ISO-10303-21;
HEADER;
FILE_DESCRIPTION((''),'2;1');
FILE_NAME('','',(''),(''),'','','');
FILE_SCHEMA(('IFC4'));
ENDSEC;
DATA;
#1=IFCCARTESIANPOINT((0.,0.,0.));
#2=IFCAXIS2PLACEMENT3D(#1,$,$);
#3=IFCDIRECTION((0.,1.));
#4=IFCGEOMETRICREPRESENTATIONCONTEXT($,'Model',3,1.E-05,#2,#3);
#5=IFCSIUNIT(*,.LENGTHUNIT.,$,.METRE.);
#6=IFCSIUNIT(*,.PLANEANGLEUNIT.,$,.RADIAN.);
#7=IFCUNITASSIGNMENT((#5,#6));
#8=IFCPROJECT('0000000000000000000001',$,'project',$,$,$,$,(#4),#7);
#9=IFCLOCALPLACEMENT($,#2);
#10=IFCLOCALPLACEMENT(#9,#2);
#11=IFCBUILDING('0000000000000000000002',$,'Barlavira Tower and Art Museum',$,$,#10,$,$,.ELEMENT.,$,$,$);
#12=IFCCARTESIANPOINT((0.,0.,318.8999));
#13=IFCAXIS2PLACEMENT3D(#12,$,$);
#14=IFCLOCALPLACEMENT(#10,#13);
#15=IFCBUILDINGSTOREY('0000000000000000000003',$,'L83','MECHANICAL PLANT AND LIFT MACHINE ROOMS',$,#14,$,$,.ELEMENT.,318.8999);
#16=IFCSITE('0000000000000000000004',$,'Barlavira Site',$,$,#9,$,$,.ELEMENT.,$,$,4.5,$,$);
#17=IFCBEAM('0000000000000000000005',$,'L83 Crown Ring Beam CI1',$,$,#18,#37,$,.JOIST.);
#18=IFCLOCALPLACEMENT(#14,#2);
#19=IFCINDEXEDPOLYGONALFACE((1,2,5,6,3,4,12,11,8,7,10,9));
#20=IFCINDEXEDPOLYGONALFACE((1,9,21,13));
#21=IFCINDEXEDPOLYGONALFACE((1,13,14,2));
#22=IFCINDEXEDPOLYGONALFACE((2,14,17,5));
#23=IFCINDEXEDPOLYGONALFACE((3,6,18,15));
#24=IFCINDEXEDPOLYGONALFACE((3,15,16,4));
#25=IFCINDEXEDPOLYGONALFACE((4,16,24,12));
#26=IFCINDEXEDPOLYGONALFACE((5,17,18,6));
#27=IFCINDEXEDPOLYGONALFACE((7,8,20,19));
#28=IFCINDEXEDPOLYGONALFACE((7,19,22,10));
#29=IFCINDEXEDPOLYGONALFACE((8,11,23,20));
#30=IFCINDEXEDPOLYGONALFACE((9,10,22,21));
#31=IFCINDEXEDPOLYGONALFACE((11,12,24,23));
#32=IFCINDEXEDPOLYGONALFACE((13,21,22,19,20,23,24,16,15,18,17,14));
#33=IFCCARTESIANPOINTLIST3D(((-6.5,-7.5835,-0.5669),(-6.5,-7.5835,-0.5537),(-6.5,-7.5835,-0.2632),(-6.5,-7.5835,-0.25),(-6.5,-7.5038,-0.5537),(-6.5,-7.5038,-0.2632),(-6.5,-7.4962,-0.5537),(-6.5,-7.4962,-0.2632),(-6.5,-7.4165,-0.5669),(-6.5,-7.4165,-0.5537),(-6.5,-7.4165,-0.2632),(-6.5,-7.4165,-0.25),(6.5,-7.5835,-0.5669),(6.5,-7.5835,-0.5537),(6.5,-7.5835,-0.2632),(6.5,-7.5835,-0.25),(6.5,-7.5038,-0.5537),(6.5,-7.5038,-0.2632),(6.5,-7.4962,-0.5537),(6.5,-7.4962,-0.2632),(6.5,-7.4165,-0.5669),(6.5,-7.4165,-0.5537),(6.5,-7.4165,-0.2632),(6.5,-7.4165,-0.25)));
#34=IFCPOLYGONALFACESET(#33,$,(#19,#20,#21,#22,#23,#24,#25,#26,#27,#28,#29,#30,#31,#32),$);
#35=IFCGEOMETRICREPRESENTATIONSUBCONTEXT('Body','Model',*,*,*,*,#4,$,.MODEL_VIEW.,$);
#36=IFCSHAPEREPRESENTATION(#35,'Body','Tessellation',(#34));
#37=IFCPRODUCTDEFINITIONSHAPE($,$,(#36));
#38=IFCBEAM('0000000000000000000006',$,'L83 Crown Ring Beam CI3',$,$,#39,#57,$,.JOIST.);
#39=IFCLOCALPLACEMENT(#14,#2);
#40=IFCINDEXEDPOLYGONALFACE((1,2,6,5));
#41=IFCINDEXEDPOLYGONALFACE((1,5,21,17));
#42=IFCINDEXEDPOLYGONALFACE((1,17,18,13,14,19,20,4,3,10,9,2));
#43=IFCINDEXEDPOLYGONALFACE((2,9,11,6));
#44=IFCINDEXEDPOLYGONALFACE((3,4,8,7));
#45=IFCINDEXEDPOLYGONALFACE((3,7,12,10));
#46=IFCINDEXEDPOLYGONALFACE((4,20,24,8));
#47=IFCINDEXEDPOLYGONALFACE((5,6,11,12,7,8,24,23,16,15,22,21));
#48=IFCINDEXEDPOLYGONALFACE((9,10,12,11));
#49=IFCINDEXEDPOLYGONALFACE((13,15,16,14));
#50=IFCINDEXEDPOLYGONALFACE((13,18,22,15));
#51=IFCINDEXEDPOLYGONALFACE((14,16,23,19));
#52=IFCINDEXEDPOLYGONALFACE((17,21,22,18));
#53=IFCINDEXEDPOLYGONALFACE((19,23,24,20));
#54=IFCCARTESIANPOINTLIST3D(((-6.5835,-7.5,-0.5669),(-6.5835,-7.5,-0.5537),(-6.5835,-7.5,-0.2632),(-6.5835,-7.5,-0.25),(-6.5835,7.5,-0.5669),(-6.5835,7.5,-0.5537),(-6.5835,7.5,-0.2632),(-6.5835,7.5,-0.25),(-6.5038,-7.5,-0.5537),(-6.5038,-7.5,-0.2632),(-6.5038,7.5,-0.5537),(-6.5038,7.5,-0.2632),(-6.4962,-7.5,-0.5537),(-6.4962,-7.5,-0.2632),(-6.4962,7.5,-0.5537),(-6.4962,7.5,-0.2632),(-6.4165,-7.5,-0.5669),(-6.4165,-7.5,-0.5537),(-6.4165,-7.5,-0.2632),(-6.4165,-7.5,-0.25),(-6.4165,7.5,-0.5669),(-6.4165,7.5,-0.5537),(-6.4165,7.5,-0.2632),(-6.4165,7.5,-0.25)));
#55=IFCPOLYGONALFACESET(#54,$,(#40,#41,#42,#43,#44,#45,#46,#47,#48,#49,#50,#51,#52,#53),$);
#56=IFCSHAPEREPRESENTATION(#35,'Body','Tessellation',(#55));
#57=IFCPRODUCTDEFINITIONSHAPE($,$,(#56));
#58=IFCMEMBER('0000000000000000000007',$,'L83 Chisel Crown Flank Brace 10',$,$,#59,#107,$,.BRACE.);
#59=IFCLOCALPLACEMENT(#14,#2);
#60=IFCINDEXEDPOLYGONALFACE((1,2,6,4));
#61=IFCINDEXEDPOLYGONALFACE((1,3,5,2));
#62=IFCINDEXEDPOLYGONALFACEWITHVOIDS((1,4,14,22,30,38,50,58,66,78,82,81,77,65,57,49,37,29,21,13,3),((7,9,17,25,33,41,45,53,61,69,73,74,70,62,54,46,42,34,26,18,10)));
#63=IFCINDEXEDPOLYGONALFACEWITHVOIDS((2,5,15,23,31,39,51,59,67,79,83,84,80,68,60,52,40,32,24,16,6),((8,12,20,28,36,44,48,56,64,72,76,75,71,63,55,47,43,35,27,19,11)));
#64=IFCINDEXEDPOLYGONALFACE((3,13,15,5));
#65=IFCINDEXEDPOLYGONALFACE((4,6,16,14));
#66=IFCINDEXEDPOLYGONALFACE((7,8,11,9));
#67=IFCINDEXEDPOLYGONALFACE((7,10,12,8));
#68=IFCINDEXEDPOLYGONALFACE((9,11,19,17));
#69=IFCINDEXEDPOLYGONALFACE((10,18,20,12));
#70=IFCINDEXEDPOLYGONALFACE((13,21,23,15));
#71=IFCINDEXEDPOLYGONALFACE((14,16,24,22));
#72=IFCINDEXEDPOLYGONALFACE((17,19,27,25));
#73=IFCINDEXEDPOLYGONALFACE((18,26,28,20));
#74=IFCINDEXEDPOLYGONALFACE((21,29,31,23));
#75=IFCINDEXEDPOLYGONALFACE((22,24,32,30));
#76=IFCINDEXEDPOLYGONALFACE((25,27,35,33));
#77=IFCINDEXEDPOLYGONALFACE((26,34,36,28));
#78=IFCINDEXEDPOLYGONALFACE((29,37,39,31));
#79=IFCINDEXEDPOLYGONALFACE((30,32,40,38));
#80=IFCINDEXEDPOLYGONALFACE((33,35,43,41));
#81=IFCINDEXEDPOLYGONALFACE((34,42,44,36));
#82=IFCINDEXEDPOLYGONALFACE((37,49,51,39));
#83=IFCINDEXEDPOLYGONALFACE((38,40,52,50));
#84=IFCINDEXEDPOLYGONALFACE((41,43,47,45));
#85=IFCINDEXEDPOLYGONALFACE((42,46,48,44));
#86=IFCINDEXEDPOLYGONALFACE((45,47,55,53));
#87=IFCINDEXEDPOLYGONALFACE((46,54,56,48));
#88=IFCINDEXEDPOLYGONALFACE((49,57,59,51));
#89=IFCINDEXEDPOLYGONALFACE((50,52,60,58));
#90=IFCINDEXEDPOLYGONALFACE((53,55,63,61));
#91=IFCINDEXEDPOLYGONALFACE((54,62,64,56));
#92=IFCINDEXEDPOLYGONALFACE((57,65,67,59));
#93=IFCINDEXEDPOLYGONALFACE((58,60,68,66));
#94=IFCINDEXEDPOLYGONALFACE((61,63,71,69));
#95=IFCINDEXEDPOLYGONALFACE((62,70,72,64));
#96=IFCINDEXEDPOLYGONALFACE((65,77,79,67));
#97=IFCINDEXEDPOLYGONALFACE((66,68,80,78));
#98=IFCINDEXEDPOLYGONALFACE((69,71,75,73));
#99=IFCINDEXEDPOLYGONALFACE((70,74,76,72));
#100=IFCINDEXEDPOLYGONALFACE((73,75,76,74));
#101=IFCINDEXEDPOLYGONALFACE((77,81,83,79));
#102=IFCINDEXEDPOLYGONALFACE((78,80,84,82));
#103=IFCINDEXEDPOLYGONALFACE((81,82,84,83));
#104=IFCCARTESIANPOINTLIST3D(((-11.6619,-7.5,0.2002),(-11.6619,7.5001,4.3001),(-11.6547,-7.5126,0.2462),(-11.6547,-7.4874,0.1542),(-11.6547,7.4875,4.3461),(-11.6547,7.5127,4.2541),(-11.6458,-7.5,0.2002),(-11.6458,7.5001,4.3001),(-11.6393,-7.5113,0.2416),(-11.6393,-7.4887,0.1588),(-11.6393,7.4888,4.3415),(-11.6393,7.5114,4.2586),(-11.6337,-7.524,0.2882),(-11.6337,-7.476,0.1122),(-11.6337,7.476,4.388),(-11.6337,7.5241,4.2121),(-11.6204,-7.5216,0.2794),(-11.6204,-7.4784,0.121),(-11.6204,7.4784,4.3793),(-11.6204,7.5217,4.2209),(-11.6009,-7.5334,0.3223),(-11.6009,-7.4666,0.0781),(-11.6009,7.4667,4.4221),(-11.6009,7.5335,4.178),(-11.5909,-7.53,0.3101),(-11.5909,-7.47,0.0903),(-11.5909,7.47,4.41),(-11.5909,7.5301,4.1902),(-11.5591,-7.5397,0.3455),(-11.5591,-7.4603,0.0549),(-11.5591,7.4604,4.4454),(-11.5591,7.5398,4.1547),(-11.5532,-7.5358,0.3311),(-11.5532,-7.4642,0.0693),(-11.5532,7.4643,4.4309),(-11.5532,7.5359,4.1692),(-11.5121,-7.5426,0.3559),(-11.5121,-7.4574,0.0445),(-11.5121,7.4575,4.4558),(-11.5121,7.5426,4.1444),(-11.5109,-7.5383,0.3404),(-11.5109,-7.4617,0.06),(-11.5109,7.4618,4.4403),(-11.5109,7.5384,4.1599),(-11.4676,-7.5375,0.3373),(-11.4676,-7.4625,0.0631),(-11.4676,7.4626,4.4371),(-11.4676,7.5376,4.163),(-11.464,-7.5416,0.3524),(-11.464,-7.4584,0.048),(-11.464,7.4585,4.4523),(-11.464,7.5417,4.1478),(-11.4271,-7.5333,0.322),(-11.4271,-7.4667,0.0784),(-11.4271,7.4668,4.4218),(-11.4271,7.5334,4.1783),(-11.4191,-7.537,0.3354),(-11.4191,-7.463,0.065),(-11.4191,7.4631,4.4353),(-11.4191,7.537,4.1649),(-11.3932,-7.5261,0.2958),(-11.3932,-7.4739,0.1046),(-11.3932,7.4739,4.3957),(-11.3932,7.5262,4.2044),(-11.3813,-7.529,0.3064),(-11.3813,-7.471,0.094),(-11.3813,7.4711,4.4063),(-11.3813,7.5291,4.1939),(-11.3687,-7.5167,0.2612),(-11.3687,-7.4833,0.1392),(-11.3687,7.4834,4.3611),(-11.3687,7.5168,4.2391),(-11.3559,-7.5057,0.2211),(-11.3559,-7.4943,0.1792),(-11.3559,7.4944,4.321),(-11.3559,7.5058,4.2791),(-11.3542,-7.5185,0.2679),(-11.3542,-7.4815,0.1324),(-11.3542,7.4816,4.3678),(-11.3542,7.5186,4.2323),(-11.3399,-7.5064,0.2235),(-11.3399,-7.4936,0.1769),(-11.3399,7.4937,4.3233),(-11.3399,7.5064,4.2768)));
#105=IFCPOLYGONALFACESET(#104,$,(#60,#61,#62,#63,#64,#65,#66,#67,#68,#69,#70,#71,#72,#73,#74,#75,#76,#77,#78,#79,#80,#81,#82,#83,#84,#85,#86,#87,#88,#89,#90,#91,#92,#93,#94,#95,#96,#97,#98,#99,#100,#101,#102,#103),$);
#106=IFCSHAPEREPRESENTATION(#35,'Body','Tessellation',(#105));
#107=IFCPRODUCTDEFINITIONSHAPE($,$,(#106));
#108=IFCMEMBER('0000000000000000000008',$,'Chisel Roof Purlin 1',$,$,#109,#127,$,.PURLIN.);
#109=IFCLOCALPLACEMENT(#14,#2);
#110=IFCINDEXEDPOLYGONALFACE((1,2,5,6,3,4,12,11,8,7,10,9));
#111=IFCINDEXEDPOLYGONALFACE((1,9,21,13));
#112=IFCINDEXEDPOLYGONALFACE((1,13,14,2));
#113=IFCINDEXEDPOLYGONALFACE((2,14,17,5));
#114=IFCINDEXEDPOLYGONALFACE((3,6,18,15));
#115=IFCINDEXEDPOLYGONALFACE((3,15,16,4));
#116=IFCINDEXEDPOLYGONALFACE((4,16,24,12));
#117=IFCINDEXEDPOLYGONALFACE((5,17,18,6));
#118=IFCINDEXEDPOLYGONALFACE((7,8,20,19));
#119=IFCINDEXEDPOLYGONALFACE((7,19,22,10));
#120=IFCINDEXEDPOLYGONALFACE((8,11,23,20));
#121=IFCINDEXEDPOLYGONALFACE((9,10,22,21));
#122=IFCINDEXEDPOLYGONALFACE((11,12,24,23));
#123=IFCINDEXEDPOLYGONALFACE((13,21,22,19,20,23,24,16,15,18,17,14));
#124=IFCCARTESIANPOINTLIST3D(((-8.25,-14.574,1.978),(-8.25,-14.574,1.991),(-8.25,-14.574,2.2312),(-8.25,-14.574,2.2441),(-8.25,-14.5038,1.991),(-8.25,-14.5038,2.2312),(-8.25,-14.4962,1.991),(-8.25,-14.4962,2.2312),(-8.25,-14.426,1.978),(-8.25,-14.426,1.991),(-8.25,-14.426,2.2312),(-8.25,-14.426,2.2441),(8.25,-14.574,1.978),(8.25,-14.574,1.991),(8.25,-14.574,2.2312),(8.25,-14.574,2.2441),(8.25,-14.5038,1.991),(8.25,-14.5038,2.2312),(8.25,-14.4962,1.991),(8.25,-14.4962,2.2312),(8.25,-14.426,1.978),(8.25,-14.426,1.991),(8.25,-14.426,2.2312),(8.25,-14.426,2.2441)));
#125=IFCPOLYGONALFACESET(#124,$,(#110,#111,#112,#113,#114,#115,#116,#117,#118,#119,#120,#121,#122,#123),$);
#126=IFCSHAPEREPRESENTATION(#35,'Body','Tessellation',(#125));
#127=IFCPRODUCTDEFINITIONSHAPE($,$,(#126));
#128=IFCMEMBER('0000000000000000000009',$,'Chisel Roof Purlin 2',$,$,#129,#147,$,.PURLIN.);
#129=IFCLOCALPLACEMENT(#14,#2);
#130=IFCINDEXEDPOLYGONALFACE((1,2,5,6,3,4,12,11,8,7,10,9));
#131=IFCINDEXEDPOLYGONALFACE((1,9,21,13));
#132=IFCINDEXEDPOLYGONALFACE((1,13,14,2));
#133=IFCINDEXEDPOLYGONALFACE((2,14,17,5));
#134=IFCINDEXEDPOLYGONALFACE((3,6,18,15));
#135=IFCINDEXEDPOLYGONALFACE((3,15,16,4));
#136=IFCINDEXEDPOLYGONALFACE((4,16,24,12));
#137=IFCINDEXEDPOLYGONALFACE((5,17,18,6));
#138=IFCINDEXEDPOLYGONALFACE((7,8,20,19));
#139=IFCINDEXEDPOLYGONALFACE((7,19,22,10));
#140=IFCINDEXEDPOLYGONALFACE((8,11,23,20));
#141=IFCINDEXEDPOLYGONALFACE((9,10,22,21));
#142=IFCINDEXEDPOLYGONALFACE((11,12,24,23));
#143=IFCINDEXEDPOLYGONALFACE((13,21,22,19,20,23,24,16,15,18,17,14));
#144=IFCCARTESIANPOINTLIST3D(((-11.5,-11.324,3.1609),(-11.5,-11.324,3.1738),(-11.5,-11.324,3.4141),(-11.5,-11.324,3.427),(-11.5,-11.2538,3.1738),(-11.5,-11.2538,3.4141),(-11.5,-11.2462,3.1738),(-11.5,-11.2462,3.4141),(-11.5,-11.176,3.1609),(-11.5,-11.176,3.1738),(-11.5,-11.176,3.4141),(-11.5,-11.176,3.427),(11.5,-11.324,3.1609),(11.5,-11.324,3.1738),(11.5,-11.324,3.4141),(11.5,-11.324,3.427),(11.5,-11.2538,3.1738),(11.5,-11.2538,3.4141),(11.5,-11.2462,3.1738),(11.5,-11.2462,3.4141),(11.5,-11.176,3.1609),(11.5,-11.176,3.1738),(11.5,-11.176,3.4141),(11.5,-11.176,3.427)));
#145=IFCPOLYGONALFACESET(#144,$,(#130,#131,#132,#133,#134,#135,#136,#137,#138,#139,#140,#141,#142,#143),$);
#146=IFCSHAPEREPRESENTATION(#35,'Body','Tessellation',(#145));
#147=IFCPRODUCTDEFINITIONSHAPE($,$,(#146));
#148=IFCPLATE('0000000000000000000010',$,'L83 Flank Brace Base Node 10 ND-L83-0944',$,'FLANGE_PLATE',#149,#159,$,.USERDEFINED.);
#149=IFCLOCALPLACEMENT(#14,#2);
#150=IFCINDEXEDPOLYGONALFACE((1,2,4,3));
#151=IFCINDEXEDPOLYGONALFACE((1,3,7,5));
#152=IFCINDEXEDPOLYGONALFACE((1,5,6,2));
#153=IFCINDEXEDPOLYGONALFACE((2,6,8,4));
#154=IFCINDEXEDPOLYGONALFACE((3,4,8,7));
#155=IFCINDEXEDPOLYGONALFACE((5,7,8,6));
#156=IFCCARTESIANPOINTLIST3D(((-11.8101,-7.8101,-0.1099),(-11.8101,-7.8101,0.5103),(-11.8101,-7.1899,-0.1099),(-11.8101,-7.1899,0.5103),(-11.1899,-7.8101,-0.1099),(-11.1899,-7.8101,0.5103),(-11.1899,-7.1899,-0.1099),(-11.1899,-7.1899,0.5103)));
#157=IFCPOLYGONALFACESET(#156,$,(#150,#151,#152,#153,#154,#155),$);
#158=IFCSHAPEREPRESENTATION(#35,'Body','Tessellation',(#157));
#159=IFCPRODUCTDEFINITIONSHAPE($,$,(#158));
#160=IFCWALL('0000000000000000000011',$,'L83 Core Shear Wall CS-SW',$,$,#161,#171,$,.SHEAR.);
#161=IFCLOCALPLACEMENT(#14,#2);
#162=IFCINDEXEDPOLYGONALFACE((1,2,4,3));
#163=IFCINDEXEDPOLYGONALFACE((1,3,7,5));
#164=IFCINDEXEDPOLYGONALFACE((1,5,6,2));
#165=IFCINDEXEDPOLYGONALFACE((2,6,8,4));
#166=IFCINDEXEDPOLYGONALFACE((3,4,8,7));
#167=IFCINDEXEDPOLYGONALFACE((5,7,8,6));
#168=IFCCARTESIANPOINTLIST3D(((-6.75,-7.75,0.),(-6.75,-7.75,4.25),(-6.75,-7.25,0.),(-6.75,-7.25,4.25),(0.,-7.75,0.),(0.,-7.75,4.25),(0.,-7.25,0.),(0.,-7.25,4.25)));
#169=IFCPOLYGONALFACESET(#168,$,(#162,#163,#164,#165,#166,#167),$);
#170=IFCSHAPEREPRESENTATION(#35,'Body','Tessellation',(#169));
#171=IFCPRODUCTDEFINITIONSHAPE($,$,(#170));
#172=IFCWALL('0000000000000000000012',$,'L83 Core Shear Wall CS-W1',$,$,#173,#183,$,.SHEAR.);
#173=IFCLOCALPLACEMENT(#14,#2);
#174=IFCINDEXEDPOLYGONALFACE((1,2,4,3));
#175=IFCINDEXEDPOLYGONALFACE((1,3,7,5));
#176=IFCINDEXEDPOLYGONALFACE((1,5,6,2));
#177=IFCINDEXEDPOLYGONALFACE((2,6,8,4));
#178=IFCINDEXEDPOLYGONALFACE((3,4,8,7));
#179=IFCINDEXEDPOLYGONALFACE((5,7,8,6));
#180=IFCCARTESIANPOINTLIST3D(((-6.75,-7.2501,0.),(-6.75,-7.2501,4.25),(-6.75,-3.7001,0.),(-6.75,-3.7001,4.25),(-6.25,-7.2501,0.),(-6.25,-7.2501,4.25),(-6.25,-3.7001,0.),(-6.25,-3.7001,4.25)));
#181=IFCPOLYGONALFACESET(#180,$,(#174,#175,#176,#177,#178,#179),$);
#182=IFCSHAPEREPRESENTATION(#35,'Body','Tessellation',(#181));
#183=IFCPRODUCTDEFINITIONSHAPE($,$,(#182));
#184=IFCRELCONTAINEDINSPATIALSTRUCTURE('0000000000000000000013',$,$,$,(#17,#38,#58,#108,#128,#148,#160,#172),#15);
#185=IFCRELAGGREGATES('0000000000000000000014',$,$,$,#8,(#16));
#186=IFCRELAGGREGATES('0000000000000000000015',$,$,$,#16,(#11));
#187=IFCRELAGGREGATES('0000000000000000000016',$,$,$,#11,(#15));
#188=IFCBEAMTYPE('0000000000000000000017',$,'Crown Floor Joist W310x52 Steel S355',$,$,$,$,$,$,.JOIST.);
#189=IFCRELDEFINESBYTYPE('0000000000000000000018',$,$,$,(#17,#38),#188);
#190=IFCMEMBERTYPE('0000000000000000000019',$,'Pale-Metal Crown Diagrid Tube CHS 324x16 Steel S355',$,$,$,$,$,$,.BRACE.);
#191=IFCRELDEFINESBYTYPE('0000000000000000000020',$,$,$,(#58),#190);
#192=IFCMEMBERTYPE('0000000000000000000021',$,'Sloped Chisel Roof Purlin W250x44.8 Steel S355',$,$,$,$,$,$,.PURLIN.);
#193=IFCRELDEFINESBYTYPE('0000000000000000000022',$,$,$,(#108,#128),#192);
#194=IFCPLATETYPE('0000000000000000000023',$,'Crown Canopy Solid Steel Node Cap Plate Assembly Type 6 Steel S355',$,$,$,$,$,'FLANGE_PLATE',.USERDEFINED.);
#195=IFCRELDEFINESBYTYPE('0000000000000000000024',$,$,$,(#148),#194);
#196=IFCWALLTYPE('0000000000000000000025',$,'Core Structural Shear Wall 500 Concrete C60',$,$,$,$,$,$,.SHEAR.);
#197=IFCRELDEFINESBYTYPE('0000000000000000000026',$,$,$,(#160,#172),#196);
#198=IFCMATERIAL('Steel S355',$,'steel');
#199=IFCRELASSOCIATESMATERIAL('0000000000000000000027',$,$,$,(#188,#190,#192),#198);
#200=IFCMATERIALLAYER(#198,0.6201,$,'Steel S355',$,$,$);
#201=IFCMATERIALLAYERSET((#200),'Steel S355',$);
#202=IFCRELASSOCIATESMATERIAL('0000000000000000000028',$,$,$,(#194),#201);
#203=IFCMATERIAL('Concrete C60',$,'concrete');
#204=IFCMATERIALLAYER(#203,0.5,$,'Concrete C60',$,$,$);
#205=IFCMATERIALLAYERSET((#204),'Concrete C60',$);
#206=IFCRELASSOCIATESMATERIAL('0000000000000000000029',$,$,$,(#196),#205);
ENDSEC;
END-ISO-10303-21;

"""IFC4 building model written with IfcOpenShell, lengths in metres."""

from ifc_helpers import new_model, si_unit, direction, frame, frame_2d, origin, origin_2d, place, context, subcontext, project, spatial, rectangle, hollow_circle, i_section, extrude, material, layer, layer_set, material_profile, profile_set, type_object, element, save


model = new_model("IFC4")

# Units and contexts
model_context = context("Model", 3, precision=1e-05, world=origin(), true_north=direction((0.0, 1.0)))
body_context = subcontext(model_context, "Body", "Model", "MODEL_VIEW")
ifc_project = project(units=[si_unit("LENGTHUNIT", "METRE"), si_unit("PLANEANGLEUNIT", "RADIAN")], contexts=[model_context])

# Site, building, storey
site_placement = place(None, origin())
site = spatial("IfcSite", under=ifc_project, at=site_placement, Name="Barlavira Site", CompositionType="ELEMENT", RefElevation=4.5)
building_placement = place(site_placement, origin())
building = spatial("IfcBuilding", under=site, at=building_placement, Name="Barlavira Tower and Art Museum", CompositionType="ELEMENT")
storey_placement = place(building_placement, frame((0.0, 0.0, 318.8999)))
storey = spatial("IfcBuildingStorey", under=building, at=storey_placement, Name="L83", Description="MECHANICAL PLANT AND LIFT MACHINE ROOMS", CompositionType="ELEMENT", Elevation=318.8999)

# Shared definitions
ifc_material_1 = material(Name="Steel S355", Category="steel")

# Beams
ifc_material_profile_1 = material_profile(ifc_material_1, i_section(OverallWidth=0.167, OverallDepth=0.3169, WebThickness=0.0076, FlangeThickness=0.0132, at=origin_2d()), Name="W310x52.0")
ifc_profile_set_1 = profile_set([ifc_material_profile_1], Name="Steel S355")
beam_type = type_object("IfcBeamType", Name="Crown Floor Joist W310x52 Steel S355", PredefinedType="JOIST", material=ifc_profile_set_1)
beam_1_placement = place(storey_placement, frame((-6.5, -7.5, -0.4084), z_axis=(1.0, 0.0, 0.0), x_axis=(0.0, 1.0, 0.0)))
element("IfcBeam", 1, at=beam_1_placement, inside=storey, type_object=beam_type, Name="L83 Crown Ring Beam CI1", PredefinedType="JOIST", context=body_context, shape_type="SweptSolid", body=[
    extrude(i_section(OverallWidth=0.167, OverallDepth=0.3169, WebThickness=0.0076, FlangeThickness=0.0132, at=origin_2d()), origin(), (0.0, 0.0, 1.0), 13.0),
])
beam_2_placement = place(storey_placement, frame((-6.5, -7.5, -0.4084), z_axis=(0.0, 1.0, 0.0), x_axis=(-1.0, 0.0, 0.0)))
element("IfcBeam", 2, at=beam_2_placement, inside=storey, type_object=beam_type, Name="L83 Crown Ring Beam CI3", PredefinedType="JOIST", context=body_context, shape_type="SweptSolid", body=[
    extrude(i_section(OverallWidth=0.167, OverallDepth=0.3169, WebThickness=0.0076, FlangeThickness=0.0132, at=origin_2d()), origin(), (0.0, 0.0, 1.0), 15.0),
])

# Members
ifc_material_profile_2 = material_profile(ifc_material_1, hollow_circle(Radius=0.1619, WallThickness=0.0161, at=origin_2d()), Name="CHS 323.9x16.0")
ifc_profile_set_2 = profile_set([ifc_material_profile_2], Name="Steel S355")
member_type_1 = type_object("IfcMemberType", Name="Pale-Metal Crown Diagrid Tube CHS 324x16 Steel S355", PredefinedType="BRACE", material=ifc_profile_set_2)
member_1_placement = place(storey_placement, frame((-11.5, -7.5, 0.2002), z_axis=(0.0, 0.964618, 0.263653), x_axis=(-1.0, 0.0, 0.0)))
element("IfcMember", 3, at=member_1_placement, inside=storey, type_object=member_type_1, Name="L83 Chisel Crown Flank Brace 10", PredefinedType="BRACE", context=body_context, shape_type="SweptSolid", body=[
    extrude(hollow_circle(Radius=0.1619, WallThickness=0.0161, at=origin_2d()), origin(), (0.0, 0.0, 1.0), 15.5503),
])
ifc_material_profile_3 = material_profile(ifc_material_1, i_section(OverallWidth=0.1479, OverallDepth=0.2661, WebThickness=0.0076, FlangeThickness=0.0129, at=origin_2d()), Name="W250x44.8")
ifc_profile_set_3 = profile_set([ifc_material_profile_3], Name="Steel S355")
member_type_2 = type_object("IfcMemberType", Name="Sloped Chisel Roof Purlin W250x44.8 Steel S355", PredefinedType="PURLIN", material=ifc_profile_set_3)
member_2_placement = place(storey_placement, frame((-8.25, -14.5, 2.1111), z_axis=(1.0, 0.0, 0.0), x_axis=(0.0, 1.0, 0.0)))
element("IfcMember", 4, at=member_2_placement, inside=storey, type_object=member_type_2, Name="Chisel Roof Purlin 1", PredefinedType="PURLIN", context=body_context, shape_type="SweptSolid", body=[
    extrude(i_section(OverallWidth=0.1479, OverallDepth=0.2661, WebThickness=0.0076, FlangeThickness=0.0129, at=origin_2d()), origin(), (0.0, 0.0, 1.0), 16.5),
])
member_3_placement = place(storey_placement, frame((-11.5, -11.25, 3.2939), z_axis=(1.0, 0.0, 0.0), x_axis=(0.0, 1.0, 0.0)))
element("IfcMember", 5, at=member_3_placement, inside=storey, type_object=member_type_2, Name="Chisel Roof Purlin 2", PredefinedType="PURLIN", context=body_context, shape_type="SweptSolid", body=[
    extrude(i_section(OverallWidth=0.1479, OverallDepth=0.2661, WebThickness=0.0076, FlangeThickness=0.0129, at=origin_2d()), origin(), (0.0, 0.0, 1.0), 23.0),
])

# Plate
ifc_layer_1 = layer(ifc_material_1, 0.6201, Name="Steel S355")
ifc_layer_set_1 = layer_set([ifc_layer_1], Name="Steel S355")
plate_type = type_object("IfcPlateType", Name="Crown Canopy Solid Steel Node Cap Plate Assembly Type 6 Steel S355", ElementType="FLANGE_PLATE", PredefinedType="USERDEFINED", material=ifc_layer_set_1)
plate_placement = place(storey_placement, frame((-11.5, -7.5, -0.1099), z_axis=(0.0, 0.0, 1.0), x_axis=(1.0, 0.0, 0.0)))
element("IfcPlate", 6, at=plate_placement, inside=storey, type_object=plate_type, Name="L83 Flank Brace Base Node 10 ND-L83-0944", ObjectType="FLANGE_PLATE", PredefinedType="USERDEFINED", context=body_context, shape_type="SweptSolid", body=[
    extrude(rectangle(XDim=0.6201, YDim=0.6201, at=origin_2d()), origin(), (0.0, 0.0, 1.0), 0.6201),
])

# Walls
ifc_material_2 = material(Name="Concrete C60", Category="concrete")
ifc_layer_2 = layer(ifc_material_2, 0.5, Name="Concrete C60")
ifc_layer_set_2 = layer_set([ifc_layer_2], Name="Concrete C60")
wall_type_1 = type_object("IfcWallType", Name="Core Structural Shear Wall 500 Concrete C60", PredefinedType="SHEAR", material=ifc_layer_set_2)
wall_1_placement = place(storey_placement, frame((-6.75, -7.5, 0.0), z_axis=(0.0, 0.0, 1.0), x_axis=(1.0, 0.0, 0.0)))
element("IfcWall", 7, at=wall_1_placement, inside=storey, type_object=wall_type_1, Name="L83 Core Shear Wall CS-SW", PredefinedType="SHEAR", context=body_context, shape_type="SweptSolid", body=[
    extrude(rectangle(XDim=6.75, YDim=0.5, at=frame_2d((3.375, 0.0))), origin(), (0.0, 0.0, 1.0), 4.25),
])
wall_2_placement = place(storey_placement, frame((-6.5, -7.25, 0.0), z_axis=(0.0, 0.0, 1.0), x_axis=(0.0, 1.0, 0.0)))
element("IfcWall", 8, at=wall_2_placement, inside=storey, type_object=wall_type_1, Name="L83 Core Shear Wall CS-W1", PredefinedType="SHEAR", context=body_context, shape_type="SweptSolid", body=[
    extrude(rectangle(XDim=3.55, YDim=0.5, at=frame_2d((1.7749, 0.0))), origin(), (0.0, 0.0, 1.0), 4.25),
])

save(model, "model.ifc")
